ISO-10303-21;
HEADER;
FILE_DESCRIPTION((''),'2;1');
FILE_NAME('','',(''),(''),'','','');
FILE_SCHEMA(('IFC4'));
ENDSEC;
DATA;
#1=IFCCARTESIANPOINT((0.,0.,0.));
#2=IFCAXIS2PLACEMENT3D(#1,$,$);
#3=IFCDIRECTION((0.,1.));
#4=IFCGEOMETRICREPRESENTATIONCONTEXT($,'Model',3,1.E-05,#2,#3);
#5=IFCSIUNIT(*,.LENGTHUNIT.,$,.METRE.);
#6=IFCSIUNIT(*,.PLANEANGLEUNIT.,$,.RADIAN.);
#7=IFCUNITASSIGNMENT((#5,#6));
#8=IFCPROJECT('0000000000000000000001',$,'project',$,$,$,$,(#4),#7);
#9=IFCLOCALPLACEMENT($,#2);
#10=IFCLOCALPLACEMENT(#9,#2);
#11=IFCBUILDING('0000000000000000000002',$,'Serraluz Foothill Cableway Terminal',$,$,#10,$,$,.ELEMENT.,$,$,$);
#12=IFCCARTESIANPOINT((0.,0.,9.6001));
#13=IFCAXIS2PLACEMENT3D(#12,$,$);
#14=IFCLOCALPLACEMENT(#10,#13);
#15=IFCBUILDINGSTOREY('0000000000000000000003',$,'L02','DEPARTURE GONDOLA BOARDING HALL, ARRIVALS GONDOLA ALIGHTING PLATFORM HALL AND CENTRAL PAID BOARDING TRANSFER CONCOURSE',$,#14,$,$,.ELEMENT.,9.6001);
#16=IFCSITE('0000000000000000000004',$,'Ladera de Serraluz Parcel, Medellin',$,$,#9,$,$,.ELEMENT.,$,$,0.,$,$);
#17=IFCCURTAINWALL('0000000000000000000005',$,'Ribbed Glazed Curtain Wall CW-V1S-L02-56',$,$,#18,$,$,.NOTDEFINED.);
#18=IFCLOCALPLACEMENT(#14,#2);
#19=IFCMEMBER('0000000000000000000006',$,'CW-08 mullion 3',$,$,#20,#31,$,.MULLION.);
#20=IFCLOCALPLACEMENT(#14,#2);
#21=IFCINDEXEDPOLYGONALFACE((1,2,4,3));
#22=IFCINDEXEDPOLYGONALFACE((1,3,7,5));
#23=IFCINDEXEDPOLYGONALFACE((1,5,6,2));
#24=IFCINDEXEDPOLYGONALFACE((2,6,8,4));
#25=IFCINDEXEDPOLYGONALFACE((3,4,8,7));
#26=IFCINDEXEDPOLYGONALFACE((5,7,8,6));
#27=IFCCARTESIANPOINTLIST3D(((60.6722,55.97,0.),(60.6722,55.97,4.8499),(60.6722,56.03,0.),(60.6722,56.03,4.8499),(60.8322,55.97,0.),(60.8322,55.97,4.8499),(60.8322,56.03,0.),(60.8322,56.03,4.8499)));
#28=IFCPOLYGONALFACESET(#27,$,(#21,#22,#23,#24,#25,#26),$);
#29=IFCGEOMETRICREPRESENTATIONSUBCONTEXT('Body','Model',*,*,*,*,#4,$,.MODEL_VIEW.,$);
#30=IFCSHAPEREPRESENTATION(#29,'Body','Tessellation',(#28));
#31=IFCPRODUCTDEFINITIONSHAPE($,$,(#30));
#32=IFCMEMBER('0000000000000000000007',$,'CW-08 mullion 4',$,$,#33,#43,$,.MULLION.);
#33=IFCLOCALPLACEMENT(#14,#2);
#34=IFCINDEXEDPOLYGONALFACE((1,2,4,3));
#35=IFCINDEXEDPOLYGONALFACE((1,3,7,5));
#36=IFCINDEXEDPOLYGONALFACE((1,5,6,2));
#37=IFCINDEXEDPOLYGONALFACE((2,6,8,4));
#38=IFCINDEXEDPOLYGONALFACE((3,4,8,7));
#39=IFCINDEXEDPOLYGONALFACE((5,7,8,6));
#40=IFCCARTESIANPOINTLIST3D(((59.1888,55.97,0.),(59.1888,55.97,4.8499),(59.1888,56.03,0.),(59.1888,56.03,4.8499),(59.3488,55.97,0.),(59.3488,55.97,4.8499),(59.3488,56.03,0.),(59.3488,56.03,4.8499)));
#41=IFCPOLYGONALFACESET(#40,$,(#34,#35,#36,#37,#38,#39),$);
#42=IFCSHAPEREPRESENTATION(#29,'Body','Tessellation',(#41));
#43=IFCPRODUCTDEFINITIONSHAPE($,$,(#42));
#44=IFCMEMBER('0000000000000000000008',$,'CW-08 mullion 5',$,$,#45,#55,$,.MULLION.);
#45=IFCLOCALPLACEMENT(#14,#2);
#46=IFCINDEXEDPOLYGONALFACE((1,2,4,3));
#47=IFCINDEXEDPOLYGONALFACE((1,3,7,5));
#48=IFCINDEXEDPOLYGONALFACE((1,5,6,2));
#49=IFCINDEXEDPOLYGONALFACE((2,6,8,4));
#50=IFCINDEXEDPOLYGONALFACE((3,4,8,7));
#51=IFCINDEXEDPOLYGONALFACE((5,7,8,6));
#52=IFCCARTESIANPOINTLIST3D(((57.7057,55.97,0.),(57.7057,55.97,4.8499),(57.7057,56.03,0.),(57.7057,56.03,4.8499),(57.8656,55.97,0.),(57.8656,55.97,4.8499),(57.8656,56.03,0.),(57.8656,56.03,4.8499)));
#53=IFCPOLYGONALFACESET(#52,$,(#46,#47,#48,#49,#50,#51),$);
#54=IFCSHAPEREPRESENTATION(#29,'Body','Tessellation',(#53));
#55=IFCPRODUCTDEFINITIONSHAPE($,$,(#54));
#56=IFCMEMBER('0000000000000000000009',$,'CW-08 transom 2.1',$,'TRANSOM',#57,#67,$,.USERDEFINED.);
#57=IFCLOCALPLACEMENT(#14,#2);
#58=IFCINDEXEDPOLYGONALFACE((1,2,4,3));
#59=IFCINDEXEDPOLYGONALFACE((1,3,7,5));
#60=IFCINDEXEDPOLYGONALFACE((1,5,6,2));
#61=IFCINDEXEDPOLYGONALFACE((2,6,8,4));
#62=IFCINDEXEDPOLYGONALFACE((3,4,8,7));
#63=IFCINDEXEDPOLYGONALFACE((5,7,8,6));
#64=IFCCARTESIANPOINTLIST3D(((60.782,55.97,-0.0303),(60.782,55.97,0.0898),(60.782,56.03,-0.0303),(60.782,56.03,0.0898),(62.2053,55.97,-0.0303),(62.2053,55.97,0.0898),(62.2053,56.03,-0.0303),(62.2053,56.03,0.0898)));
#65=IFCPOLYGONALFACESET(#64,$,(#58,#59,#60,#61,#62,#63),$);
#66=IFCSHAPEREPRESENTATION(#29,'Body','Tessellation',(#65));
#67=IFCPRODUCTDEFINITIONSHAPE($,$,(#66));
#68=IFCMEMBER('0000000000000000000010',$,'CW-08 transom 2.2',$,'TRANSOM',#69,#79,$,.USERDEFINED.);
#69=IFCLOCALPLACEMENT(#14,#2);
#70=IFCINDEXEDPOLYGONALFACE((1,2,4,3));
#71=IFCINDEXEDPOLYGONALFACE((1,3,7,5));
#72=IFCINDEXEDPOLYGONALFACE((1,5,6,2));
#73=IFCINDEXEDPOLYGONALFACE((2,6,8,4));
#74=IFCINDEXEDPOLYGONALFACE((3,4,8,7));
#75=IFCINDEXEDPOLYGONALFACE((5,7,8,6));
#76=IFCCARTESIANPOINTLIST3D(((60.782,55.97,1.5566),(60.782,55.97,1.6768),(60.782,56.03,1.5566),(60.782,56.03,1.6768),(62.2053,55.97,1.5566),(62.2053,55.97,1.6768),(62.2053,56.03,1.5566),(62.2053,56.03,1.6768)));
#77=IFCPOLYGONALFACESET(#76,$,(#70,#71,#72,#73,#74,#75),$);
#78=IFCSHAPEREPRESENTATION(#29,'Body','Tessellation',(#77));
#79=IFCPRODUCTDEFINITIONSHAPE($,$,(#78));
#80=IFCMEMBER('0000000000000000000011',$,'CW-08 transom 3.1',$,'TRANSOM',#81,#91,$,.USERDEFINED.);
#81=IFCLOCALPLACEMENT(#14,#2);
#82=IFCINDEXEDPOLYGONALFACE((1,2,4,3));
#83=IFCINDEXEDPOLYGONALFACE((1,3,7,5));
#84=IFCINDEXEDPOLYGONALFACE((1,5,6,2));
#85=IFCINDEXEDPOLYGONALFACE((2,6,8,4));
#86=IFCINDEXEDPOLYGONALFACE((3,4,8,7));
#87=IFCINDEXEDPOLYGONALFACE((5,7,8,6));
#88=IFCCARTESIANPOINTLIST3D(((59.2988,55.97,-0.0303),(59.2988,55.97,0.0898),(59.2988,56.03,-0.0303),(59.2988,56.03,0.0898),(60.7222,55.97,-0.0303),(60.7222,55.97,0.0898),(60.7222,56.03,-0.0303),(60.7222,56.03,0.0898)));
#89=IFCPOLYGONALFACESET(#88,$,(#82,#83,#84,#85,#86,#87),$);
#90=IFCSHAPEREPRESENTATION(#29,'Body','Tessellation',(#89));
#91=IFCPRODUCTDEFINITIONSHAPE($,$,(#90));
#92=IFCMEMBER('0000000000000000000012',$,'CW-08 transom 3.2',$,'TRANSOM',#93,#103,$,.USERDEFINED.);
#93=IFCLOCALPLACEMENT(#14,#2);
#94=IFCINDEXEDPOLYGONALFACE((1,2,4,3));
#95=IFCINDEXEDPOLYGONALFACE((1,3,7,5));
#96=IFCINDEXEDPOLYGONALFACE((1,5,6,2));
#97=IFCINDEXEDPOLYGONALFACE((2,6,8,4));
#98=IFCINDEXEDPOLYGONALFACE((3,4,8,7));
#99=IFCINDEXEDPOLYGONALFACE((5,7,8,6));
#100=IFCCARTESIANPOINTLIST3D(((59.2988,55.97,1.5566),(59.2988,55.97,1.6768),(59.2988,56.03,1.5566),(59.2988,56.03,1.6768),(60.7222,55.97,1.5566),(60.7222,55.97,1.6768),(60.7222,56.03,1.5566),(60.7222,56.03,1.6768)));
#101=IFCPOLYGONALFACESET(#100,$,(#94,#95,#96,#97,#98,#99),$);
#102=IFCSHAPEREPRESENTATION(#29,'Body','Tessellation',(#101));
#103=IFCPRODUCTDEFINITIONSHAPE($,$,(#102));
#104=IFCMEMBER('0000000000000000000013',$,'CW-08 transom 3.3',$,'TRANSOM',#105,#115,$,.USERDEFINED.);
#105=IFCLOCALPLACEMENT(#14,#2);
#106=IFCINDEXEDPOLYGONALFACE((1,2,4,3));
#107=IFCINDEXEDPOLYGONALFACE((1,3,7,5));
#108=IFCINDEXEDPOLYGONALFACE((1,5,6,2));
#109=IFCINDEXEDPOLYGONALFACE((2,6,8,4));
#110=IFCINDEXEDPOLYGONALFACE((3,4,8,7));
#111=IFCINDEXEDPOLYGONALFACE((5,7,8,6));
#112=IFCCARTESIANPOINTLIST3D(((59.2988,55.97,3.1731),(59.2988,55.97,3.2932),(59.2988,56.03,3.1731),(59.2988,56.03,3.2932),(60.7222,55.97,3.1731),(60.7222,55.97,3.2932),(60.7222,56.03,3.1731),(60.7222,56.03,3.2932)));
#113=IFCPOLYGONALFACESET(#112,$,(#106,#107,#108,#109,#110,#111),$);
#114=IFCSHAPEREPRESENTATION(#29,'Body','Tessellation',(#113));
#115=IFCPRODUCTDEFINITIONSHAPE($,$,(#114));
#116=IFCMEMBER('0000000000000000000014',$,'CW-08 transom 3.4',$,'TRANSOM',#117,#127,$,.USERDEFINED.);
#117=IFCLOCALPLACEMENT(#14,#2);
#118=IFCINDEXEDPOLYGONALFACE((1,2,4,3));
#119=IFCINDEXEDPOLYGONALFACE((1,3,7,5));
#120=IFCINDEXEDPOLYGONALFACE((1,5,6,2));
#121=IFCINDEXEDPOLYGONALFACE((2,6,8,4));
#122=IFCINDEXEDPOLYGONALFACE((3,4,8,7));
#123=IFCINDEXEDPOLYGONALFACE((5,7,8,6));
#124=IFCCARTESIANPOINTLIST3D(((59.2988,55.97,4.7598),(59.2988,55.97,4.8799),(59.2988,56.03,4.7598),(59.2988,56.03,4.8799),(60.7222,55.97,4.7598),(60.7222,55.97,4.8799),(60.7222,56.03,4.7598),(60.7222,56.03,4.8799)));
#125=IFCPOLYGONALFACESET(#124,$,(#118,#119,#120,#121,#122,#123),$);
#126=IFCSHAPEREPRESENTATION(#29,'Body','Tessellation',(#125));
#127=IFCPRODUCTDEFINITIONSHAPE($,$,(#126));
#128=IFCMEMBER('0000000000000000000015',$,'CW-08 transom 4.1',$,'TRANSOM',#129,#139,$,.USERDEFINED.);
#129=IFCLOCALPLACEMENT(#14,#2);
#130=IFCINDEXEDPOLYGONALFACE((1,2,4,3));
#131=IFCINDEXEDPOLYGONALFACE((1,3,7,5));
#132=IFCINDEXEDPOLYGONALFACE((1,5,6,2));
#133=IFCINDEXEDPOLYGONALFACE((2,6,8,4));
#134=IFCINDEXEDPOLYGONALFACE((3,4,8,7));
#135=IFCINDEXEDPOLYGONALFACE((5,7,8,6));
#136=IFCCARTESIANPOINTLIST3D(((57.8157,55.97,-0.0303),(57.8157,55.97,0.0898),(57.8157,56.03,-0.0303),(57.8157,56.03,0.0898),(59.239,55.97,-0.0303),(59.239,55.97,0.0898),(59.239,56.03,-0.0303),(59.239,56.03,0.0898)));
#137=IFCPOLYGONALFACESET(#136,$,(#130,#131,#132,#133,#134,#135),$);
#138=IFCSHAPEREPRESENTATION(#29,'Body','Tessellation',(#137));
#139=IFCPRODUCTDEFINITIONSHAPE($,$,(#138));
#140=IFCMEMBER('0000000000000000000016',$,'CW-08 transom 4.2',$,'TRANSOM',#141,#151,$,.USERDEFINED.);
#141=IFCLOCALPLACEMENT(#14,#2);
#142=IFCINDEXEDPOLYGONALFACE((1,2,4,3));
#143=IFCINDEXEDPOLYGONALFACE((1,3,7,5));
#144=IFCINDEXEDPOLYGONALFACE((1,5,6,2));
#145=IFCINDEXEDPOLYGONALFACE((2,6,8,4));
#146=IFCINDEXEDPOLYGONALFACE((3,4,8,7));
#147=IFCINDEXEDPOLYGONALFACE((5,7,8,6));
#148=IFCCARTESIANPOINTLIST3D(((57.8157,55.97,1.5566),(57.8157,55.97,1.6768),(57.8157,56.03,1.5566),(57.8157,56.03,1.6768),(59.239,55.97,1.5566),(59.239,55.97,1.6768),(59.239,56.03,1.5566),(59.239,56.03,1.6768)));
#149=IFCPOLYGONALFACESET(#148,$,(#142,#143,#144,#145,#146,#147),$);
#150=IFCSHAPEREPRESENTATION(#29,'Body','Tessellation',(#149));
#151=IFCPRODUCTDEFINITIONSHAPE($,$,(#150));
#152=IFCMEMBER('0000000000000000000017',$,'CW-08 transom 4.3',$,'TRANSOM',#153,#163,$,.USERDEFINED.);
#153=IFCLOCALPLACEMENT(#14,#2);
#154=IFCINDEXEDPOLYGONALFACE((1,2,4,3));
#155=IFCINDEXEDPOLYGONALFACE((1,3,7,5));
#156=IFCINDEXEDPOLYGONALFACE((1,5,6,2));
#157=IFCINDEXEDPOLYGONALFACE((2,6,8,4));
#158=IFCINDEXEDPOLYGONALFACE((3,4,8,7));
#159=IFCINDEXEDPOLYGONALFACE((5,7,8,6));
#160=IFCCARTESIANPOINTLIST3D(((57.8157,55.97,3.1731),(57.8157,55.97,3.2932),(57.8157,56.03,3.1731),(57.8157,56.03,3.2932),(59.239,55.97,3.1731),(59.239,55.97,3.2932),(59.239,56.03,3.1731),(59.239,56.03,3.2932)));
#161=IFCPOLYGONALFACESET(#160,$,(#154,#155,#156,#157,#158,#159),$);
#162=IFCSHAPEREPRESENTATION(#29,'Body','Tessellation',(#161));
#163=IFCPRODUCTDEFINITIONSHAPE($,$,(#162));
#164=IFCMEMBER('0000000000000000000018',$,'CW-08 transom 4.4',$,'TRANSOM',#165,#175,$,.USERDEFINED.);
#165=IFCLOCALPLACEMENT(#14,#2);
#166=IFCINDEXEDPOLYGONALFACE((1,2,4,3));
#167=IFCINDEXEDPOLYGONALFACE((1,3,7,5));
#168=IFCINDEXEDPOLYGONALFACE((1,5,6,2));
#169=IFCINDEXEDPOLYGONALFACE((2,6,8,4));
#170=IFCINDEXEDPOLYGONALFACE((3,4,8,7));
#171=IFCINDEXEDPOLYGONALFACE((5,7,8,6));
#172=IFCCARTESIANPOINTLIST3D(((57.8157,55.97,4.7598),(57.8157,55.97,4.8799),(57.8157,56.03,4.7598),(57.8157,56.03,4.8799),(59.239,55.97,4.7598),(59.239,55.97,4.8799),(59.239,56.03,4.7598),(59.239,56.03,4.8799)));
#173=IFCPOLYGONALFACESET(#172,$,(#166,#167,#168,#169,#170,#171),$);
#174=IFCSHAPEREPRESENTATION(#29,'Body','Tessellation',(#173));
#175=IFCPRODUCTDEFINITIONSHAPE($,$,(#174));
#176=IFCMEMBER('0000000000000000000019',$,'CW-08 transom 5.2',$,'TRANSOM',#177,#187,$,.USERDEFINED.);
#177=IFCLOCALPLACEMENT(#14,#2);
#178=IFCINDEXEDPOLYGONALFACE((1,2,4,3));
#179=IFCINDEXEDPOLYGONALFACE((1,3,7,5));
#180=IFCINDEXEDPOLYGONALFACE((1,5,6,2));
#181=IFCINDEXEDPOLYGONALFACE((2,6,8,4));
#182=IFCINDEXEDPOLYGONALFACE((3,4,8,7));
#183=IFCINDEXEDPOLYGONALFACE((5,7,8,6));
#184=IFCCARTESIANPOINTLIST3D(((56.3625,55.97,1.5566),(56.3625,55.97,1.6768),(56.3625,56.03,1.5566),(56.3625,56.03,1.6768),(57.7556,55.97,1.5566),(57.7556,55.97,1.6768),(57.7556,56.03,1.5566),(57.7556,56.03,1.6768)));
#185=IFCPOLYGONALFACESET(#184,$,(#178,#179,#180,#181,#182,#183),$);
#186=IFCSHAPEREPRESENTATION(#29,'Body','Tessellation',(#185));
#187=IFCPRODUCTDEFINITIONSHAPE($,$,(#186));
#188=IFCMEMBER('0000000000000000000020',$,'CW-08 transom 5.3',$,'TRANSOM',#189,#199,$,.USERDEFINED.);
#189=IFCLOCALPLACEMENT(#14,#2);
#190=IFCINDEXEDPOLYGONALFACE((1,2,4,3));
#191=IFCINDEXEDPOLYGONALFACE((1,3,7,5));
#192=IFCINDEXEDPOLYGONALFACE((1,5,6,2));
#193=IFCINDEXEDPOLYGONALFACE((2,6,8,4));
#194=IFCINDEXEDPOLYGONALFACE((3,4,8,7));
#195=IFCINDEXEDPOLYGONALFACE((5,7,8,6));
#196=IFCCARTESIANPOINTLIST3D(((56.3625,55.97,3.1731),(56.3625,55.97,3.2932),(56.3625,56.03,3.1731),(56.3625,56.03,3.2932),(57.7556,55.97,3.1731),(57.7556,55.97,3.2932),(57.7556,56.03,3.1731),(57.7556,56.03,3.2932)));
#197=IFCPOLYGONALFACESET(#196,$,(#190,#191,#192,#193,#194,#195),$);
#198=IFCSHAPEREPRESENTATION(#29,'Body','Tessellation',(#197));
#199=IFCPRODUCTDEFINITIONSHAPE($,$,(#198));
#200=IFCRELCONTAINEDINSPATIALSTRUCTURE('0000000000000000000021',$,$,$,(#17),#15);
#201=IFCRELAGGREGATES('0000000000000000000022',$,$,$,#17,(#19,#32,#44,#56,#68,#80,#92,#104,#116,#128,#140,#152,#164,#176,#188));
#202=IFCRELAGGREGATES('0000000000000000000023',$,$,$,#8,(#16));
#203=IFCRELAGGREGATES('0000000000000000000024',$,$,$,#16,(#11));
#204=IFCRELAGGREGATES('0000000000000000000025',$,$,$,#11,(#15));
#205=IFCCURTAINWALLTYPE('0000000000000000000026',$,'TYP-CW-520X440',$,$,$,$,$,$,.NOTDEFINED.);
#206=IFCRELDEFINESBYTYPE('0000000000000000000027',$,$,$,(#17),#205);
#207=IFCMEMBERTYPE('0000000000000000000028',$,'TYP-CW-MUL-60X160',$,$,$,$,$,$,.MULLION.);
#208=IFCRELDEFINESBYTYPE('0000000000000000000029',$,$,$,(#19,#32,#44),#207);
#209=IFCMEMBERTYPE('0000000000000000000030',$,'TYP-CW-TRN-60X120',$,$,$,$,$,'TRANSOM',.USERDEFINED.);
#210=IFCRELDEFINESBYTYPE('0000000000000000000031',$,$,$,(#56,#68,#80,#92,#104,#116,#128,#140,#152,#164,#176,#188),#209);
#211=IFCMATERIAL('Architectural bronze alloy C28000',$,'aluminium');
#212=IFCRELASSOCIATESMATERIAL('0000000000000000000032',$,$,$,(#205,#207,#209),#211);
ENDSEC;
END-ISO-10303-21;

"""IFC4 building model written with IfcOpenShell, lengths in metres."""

from ifc_helpers import new_model, si_unit, direction, frame, origin, origin_2d, place, context, subcontext, project, spatial, rectangle, extrude, material, material_profile, profile_set, type_object, element, aggregate, save


model = new_model("IFC4")

# Units and contexts
model_context = context("Model", 3, precision=1e-05, world=origin(), true_north=direction((0.0, 1.0)))
body_context = subcontext(model_context, "Body", "Model", "MODEL_VIEW")
ifc_project = project(units=[si_unit("LENGTHUNIT", "METRE"), si_unit("PLANEANGLEUNIT", "RADIAN")], contexts=[model_context])

# Site, building, storey
site_placement = place(None, origin())
site = spatial("IfcSite", under=ifc_project, at=site_placement, Name="Ladera de Serraluz Parcel, Medellin", CompositionType="ELEMENT", RefElevation=0.0)
building_placement = place(site_placement, origin())
building = spatial("IfcBuilding", under=site, at=building_placement, Name="Serraluz Foothill Cableway Terminal", CompositionType="ELEMENT")
storey_placement = place(building_placement, frame((0.0, 0.0, 9.6001)))
storey = spatial("IfcBuildingStorey", under=building, at=storey_placement, Name="L02", Description="DEPARTURE GONDOLA BOARDING HALL, ARRIVALS GONDOLA ALIGHTING PLATFORM HALL AND CENTRAL PAID BOARDING TRANSFER CONCOURSE", CompositionType="ELEMENT", Elevation=9.6001)

# Curtain wall, members
ifc_material_1 = material(Name="Architectural bronze alloy C28000", Category="aluminium")
curtain_wall_type = type_object("IfcCurtainWallType", Name="TYP-CW-520X440", PredefinedType="NOTDEFINED", material=ifc_material_1)
curtain_wall_placement = place(storey_placement, origin())
curtain_wall = element("IfcCurtainWall", 1, at=curtain_wall_placement, inside=storey, type_object=curtain_wall_type, Name="Ribbed Glazed Curtain Wall CW-V1S-L02-56", PredefinedType="NOTDEFINED")
ifc_material_profile_1 = material_profile(ifc_material_1, rectangle(XDim=0.0601, YDim=0.1599, at=origin_2d()), Name="ALU MULLION 60x160")
ifc_profile_set_1 = profile_set([ifc_material_profile_1], Name="Architectural bronze alloy C28000")
member_type_1 = type_object("IfcMemberType", Name="TYP-CW-MUL-60X160", PredefinedType="MULLION", material=ifc_profile_set_1)
member_1_placement = place(storey_placement, frame((60.7522, 56.0, 0.0), z_axis=(0.0, 0.0, 1.0), x_axis=(0.0, -1.0, 0.0)))
member_1 = element("IfcMember", 2, at=member_1_placement, type_object=member_type_1, Name="CW-08 mullion 3", PredefinedType="MULLION", context=body_context, shape_type="SweptSolid", body=[
    extrude(rectangle(XDim=0.0601, YDim=0.1599, at=origin_2d()), origin(), (0.0, 0.0, 1.0), 4.8499),
])
member_2_placement = place(storey_placement, frame((59.2688, 56.0, 0.0), z_axis=(0.0, 0.0, 1.0), x_axis=(0.0, -1.0, 0.0)))
member_2 = element("IfcMember", 3, at=member_2_placement, type_object=member_type_1, Name="CW-08 mullion 4", PredefinedType="MULLION", context=body_context, shape_type="SweptSolid", body=[
    extrude(rectangle(XDim=0.0601, YDim=0.1599, at=origin_2d()), origin(), (0.0, 0.0, 1.0), 4.8499),
])
member_3_placement = place(storey_placement, frame((57.7856, 56.0, 0.0), z_axis=(0.0, 0.0, 1.0), x_axis=(0.0, -1.0, 0.0)))
member_3 = element("IfcMember", 4, at=member_3_placement, type_object=member_type_1, Name="CW-08 mullion 5", PredefinedType="MULLION", context=body_context, shape_type="SweptSolid", body=[
    extrude(rectangle(XDim=0.0601, YDim=0.1599, at=origin_2d()), origin(), (0.0, 0.0, 1.0), 4.8499),
])
ifc_material_profile_2 = material_profile(ifc_material_1, rectangle(XDim=0.0601, YDim=0.1201, at=origin_2d()), Name="ALU TRANSOM 60x120")
ifc_profile_set_2 = profile_set([ifc_material_profile_2], Name="Architectural bronze alloy C28000")
member_type_2 = type_object("IfcMemberType", Name="TYP-CW-TRN-60X120", ElementType="TRANSOM", PredefinedType="USERDEFINED", material=ifc_profile_set_2)
member_4_placement = place(storey_placement, frame((62.2053, 56.0, 0.0298), z_axis=(-1.0, 0.0, 0.0), x_axis=(0.0, -1.0, 0.0)))
member_4 = element("IfcMember", 5, at=member_4_placement, type_object=member_type_2, Name="CW-08 transom 2.1", ObjectType="TRANSOM", PredefinedType="USERDEFINED", context=body_context, shape_type="SweptSolid", body=[
    extrude(rectangle(XDim=0.0601, YDim=0.1201, at=origin_2d()), origin(), (0.0, 0.0, 1.0), 1.4233),
])
member_5_placement = place(storey_placement, frame((62.2053, 56.0, 1.6167), z_axis=(-1.0, 0.0, 0.0), x_axis=(0.0, -1.0, 0.0)))
member_5 = element("IfcMember", 6, at=member_5_placement, type_object=member_type_2, Name="CW-08 transom 2.2", ObjectType="TRANSOM", PredefinedType="USERDEFINED", context=body_context, shape_type="SweptSolid", body=[
    extrude(rectangle(XDim=0.0601, YDim=0.1201, at=origin_2d()), origin(), (0.0, 0.0, 1.0), 1.4233),
])
member_6_placement = place(storey_placement, frame((60.7222, 56.0, 0.0298), z_axis=(-1.0, 0.0, 0.0), x_axis=(0.0, -1.0, 0.0)))
member_6 = element("IfcMember", 7, at=member_6_placement, type_object=member_type_2, Name="CW-08 transom 3.1", ObjectType="TRANSOM", PredefinedType="USERDEFINED", context=body_context, shape_type="SweptSolid", body=[
    extrude(rectangle(XDim=0.0601, YDim=0.1201, at=origin_2d()), origin(), (0.0, 0.0, 1.0), 1.4233),
])
member_7_placement = place(storey_placement, frame((60.7222, 56.0, 1.6167), z_axis=(-1.0, 0.0, 0.0), x_axis=(0.0, -1.0, 0.0)))
member_7 = element("IfcMember", 8, at=member_7_placement, type_object=member_type_2, Name="CW-08 transom 3.2", ObjectType="TRANSOM", PredefinedType="USERDEFINED", context=body_context, shape_type="SweptSolid", body=[
    extrude(rectangle(XDim=0.0601, YDim=0.1201, at=origin_2d()), origin(), (0.0, 0.0, 1.0), 1.4233),
])
member_8_placement = place(storey_placement, frame((60.7222, 56.0, 3.2332), z_axis=(-1.0, 0.0, 0.0), x_axis=(0.0, -1.0, 0.0)))
member_8 = element("IfcMember", 9, at=member_8_placement, type_object=member_type_2, Name="CW-08 transom 3.3", ObjectType="TRANSOM", PredefinedType="USERDEFINED", context=body_context, shape_type="SweptSolid", body=[
    extrude(rectangle(XDim=0.0601, YDim=0.1201, at=origin_2d()), origin(), (0.0, 0.0, 1.0), 1.4233),
])
member_9_placement = place(storey_placement, frame((60.7222, 56.0, 4.8198), z_axis=(-1.0, 0.0, 0.0), x_axis=(0.0, -1.0, 0.0)))
member_9 = element("IfcMember", 10, at=member_9_placement, type_object=member_type_2, Name="CW-08 transom 3.4", ObjectType="TRANSOM", PredefinedType="USERDEFINED", context=body_context, shape_type="SweptSolid", body=[
    extrude(rectangle(XDim=0.0601, YDim=0.1201, at=origin_2d()), origin(), (0.0, 0.0, 1.0), 1.4233),
])
member_10_placement = place(storey_placement, frame((59.239, 56.0, 0.0298), z_axis=(-1.0, 0.0, 0.0), x_axis=(0.0, -1.0, 0.0)))
member_10 = element("IfcMember", 11, at=member_10_placement, type_object=member_type_2, Name="CW-08 transom 4.1", ObjectType="TRANSOM", PredefinedType="USERDEFINED", context=body_context, shape_type="SweptSolid", body=[
    extrude(rectangle(XDim=0.0601, YDim=0.1201, at=origin_2d()), origin(), (0.0, 0.0, 1.0), 1.4233),
])
member_11_placement = place(storey_placement, frame((59.239, 56.0, 1.6167), z_axis=(-1.0, 0.0, 0.0), x_axis=(0.0, -1.0, 0.0)))
member_11 = element("IfcMember", 12, at=member_11_placement, type_object=member_type_2, Name="CW-08 transom 4.2", ObjectType="TRANSOM", PredefinedType="USERDEFINED", context=body_context, shape_type="SweptSolid", body=[
    extrude(rectangle(XDim=0.0601, YDim=0.1201, at=origin_2d()), origin(), (0.0, 0.0, 1.0), 1.4233),
])
member_12_placement = place(storey_placement, frame((59.239, 56.0, 3.2332), z_axis=(-1.0, 0.0, 0.0), x_axis=(0.0, -1.0, 0.0)))
member_12 = element("IfcMember", 13, at=member_12_placement, type_object=member_type_2, Name="CW-08 transom 4.3", ObjectType="TRANSOM", PredefinedType="USERDEFINED", context=body_context, shape_type="SweptSolid", body=[
    extrude(rectangle(XDim=0.0601, YDim=0.1201, at=origin_2d()), origin(), (0.0, 0.0, 1.0), 1.4233),
])
member_13_placement = place(storey_placement, frame((59.239, 56.0, 4.8198), z_axis=(-1.0, 0.0, 0.0), x_axis=(0.0, -1.0, 0.0)))
member_13 = element("IfcMember", 14, at=member_13_placement, type_object=member_type_2, Name="CW-08 transom 4.4", ObjectType="TRANSOM", PredefinedType="USERDEFINED", context=body_context, shape_type="SweptSolid", body=[
    extrude(rectangle(XDim=0.0601, YDim=0.1201, at=origin_2d()), origin(), (0.0, 0.0, 1.0), 1.4233),
])
member_14_placement = place(storey_placement, frame((57.7556, 56.0, 1.6167), z_axis=(-1.0, 0.0, 0.0), x_axis=(0.0, -1.0, 0.0)))
member_14 = element("IfcMember", 15, at=member_14_placement, type_object=member_type_2, Name="CW-08 transom 5.2", ObjectType="TRANSOM", PredefinedType="USERDEFINED", context=body_context, shape_type="SweptSolid", body=[
    extrude(rectangle(XDim=0.0601, YDim=0.1201, at=origin_2d()), origin(), (0.0, 0.0, 1.0), 1.3931),
])
member_15_placement = place(storey_placement, frame((57.7556, 56.0, 3.2332), z_axis=(-1.0, 0.0, 0.0), x_axis=(0.0, -1.0, 0.0)))
member_15 = element("IfcMember", 16, at=member_15_placement, type_object=member_type_2, Name="CW-08 transom 5.3", ObjectType="TRANSOM", PredefinedType="USERDEFINED", context=body_context, shape_type="SweptSolid", body=[
    extrude(rectangle(XDim=0.0601, YDim=0.1201, at=origin_2d()), origin(), (0.0, 0.0, 1.0), 1.3931),
])
aggregate(curtain_wall, [member_1, member_2, member_3, member_4, member_5, member_6, member_7, member_8, member_9, member_10, member_11, member_12, member_13, member_14, member_15])

save(model, "model.ifc")
